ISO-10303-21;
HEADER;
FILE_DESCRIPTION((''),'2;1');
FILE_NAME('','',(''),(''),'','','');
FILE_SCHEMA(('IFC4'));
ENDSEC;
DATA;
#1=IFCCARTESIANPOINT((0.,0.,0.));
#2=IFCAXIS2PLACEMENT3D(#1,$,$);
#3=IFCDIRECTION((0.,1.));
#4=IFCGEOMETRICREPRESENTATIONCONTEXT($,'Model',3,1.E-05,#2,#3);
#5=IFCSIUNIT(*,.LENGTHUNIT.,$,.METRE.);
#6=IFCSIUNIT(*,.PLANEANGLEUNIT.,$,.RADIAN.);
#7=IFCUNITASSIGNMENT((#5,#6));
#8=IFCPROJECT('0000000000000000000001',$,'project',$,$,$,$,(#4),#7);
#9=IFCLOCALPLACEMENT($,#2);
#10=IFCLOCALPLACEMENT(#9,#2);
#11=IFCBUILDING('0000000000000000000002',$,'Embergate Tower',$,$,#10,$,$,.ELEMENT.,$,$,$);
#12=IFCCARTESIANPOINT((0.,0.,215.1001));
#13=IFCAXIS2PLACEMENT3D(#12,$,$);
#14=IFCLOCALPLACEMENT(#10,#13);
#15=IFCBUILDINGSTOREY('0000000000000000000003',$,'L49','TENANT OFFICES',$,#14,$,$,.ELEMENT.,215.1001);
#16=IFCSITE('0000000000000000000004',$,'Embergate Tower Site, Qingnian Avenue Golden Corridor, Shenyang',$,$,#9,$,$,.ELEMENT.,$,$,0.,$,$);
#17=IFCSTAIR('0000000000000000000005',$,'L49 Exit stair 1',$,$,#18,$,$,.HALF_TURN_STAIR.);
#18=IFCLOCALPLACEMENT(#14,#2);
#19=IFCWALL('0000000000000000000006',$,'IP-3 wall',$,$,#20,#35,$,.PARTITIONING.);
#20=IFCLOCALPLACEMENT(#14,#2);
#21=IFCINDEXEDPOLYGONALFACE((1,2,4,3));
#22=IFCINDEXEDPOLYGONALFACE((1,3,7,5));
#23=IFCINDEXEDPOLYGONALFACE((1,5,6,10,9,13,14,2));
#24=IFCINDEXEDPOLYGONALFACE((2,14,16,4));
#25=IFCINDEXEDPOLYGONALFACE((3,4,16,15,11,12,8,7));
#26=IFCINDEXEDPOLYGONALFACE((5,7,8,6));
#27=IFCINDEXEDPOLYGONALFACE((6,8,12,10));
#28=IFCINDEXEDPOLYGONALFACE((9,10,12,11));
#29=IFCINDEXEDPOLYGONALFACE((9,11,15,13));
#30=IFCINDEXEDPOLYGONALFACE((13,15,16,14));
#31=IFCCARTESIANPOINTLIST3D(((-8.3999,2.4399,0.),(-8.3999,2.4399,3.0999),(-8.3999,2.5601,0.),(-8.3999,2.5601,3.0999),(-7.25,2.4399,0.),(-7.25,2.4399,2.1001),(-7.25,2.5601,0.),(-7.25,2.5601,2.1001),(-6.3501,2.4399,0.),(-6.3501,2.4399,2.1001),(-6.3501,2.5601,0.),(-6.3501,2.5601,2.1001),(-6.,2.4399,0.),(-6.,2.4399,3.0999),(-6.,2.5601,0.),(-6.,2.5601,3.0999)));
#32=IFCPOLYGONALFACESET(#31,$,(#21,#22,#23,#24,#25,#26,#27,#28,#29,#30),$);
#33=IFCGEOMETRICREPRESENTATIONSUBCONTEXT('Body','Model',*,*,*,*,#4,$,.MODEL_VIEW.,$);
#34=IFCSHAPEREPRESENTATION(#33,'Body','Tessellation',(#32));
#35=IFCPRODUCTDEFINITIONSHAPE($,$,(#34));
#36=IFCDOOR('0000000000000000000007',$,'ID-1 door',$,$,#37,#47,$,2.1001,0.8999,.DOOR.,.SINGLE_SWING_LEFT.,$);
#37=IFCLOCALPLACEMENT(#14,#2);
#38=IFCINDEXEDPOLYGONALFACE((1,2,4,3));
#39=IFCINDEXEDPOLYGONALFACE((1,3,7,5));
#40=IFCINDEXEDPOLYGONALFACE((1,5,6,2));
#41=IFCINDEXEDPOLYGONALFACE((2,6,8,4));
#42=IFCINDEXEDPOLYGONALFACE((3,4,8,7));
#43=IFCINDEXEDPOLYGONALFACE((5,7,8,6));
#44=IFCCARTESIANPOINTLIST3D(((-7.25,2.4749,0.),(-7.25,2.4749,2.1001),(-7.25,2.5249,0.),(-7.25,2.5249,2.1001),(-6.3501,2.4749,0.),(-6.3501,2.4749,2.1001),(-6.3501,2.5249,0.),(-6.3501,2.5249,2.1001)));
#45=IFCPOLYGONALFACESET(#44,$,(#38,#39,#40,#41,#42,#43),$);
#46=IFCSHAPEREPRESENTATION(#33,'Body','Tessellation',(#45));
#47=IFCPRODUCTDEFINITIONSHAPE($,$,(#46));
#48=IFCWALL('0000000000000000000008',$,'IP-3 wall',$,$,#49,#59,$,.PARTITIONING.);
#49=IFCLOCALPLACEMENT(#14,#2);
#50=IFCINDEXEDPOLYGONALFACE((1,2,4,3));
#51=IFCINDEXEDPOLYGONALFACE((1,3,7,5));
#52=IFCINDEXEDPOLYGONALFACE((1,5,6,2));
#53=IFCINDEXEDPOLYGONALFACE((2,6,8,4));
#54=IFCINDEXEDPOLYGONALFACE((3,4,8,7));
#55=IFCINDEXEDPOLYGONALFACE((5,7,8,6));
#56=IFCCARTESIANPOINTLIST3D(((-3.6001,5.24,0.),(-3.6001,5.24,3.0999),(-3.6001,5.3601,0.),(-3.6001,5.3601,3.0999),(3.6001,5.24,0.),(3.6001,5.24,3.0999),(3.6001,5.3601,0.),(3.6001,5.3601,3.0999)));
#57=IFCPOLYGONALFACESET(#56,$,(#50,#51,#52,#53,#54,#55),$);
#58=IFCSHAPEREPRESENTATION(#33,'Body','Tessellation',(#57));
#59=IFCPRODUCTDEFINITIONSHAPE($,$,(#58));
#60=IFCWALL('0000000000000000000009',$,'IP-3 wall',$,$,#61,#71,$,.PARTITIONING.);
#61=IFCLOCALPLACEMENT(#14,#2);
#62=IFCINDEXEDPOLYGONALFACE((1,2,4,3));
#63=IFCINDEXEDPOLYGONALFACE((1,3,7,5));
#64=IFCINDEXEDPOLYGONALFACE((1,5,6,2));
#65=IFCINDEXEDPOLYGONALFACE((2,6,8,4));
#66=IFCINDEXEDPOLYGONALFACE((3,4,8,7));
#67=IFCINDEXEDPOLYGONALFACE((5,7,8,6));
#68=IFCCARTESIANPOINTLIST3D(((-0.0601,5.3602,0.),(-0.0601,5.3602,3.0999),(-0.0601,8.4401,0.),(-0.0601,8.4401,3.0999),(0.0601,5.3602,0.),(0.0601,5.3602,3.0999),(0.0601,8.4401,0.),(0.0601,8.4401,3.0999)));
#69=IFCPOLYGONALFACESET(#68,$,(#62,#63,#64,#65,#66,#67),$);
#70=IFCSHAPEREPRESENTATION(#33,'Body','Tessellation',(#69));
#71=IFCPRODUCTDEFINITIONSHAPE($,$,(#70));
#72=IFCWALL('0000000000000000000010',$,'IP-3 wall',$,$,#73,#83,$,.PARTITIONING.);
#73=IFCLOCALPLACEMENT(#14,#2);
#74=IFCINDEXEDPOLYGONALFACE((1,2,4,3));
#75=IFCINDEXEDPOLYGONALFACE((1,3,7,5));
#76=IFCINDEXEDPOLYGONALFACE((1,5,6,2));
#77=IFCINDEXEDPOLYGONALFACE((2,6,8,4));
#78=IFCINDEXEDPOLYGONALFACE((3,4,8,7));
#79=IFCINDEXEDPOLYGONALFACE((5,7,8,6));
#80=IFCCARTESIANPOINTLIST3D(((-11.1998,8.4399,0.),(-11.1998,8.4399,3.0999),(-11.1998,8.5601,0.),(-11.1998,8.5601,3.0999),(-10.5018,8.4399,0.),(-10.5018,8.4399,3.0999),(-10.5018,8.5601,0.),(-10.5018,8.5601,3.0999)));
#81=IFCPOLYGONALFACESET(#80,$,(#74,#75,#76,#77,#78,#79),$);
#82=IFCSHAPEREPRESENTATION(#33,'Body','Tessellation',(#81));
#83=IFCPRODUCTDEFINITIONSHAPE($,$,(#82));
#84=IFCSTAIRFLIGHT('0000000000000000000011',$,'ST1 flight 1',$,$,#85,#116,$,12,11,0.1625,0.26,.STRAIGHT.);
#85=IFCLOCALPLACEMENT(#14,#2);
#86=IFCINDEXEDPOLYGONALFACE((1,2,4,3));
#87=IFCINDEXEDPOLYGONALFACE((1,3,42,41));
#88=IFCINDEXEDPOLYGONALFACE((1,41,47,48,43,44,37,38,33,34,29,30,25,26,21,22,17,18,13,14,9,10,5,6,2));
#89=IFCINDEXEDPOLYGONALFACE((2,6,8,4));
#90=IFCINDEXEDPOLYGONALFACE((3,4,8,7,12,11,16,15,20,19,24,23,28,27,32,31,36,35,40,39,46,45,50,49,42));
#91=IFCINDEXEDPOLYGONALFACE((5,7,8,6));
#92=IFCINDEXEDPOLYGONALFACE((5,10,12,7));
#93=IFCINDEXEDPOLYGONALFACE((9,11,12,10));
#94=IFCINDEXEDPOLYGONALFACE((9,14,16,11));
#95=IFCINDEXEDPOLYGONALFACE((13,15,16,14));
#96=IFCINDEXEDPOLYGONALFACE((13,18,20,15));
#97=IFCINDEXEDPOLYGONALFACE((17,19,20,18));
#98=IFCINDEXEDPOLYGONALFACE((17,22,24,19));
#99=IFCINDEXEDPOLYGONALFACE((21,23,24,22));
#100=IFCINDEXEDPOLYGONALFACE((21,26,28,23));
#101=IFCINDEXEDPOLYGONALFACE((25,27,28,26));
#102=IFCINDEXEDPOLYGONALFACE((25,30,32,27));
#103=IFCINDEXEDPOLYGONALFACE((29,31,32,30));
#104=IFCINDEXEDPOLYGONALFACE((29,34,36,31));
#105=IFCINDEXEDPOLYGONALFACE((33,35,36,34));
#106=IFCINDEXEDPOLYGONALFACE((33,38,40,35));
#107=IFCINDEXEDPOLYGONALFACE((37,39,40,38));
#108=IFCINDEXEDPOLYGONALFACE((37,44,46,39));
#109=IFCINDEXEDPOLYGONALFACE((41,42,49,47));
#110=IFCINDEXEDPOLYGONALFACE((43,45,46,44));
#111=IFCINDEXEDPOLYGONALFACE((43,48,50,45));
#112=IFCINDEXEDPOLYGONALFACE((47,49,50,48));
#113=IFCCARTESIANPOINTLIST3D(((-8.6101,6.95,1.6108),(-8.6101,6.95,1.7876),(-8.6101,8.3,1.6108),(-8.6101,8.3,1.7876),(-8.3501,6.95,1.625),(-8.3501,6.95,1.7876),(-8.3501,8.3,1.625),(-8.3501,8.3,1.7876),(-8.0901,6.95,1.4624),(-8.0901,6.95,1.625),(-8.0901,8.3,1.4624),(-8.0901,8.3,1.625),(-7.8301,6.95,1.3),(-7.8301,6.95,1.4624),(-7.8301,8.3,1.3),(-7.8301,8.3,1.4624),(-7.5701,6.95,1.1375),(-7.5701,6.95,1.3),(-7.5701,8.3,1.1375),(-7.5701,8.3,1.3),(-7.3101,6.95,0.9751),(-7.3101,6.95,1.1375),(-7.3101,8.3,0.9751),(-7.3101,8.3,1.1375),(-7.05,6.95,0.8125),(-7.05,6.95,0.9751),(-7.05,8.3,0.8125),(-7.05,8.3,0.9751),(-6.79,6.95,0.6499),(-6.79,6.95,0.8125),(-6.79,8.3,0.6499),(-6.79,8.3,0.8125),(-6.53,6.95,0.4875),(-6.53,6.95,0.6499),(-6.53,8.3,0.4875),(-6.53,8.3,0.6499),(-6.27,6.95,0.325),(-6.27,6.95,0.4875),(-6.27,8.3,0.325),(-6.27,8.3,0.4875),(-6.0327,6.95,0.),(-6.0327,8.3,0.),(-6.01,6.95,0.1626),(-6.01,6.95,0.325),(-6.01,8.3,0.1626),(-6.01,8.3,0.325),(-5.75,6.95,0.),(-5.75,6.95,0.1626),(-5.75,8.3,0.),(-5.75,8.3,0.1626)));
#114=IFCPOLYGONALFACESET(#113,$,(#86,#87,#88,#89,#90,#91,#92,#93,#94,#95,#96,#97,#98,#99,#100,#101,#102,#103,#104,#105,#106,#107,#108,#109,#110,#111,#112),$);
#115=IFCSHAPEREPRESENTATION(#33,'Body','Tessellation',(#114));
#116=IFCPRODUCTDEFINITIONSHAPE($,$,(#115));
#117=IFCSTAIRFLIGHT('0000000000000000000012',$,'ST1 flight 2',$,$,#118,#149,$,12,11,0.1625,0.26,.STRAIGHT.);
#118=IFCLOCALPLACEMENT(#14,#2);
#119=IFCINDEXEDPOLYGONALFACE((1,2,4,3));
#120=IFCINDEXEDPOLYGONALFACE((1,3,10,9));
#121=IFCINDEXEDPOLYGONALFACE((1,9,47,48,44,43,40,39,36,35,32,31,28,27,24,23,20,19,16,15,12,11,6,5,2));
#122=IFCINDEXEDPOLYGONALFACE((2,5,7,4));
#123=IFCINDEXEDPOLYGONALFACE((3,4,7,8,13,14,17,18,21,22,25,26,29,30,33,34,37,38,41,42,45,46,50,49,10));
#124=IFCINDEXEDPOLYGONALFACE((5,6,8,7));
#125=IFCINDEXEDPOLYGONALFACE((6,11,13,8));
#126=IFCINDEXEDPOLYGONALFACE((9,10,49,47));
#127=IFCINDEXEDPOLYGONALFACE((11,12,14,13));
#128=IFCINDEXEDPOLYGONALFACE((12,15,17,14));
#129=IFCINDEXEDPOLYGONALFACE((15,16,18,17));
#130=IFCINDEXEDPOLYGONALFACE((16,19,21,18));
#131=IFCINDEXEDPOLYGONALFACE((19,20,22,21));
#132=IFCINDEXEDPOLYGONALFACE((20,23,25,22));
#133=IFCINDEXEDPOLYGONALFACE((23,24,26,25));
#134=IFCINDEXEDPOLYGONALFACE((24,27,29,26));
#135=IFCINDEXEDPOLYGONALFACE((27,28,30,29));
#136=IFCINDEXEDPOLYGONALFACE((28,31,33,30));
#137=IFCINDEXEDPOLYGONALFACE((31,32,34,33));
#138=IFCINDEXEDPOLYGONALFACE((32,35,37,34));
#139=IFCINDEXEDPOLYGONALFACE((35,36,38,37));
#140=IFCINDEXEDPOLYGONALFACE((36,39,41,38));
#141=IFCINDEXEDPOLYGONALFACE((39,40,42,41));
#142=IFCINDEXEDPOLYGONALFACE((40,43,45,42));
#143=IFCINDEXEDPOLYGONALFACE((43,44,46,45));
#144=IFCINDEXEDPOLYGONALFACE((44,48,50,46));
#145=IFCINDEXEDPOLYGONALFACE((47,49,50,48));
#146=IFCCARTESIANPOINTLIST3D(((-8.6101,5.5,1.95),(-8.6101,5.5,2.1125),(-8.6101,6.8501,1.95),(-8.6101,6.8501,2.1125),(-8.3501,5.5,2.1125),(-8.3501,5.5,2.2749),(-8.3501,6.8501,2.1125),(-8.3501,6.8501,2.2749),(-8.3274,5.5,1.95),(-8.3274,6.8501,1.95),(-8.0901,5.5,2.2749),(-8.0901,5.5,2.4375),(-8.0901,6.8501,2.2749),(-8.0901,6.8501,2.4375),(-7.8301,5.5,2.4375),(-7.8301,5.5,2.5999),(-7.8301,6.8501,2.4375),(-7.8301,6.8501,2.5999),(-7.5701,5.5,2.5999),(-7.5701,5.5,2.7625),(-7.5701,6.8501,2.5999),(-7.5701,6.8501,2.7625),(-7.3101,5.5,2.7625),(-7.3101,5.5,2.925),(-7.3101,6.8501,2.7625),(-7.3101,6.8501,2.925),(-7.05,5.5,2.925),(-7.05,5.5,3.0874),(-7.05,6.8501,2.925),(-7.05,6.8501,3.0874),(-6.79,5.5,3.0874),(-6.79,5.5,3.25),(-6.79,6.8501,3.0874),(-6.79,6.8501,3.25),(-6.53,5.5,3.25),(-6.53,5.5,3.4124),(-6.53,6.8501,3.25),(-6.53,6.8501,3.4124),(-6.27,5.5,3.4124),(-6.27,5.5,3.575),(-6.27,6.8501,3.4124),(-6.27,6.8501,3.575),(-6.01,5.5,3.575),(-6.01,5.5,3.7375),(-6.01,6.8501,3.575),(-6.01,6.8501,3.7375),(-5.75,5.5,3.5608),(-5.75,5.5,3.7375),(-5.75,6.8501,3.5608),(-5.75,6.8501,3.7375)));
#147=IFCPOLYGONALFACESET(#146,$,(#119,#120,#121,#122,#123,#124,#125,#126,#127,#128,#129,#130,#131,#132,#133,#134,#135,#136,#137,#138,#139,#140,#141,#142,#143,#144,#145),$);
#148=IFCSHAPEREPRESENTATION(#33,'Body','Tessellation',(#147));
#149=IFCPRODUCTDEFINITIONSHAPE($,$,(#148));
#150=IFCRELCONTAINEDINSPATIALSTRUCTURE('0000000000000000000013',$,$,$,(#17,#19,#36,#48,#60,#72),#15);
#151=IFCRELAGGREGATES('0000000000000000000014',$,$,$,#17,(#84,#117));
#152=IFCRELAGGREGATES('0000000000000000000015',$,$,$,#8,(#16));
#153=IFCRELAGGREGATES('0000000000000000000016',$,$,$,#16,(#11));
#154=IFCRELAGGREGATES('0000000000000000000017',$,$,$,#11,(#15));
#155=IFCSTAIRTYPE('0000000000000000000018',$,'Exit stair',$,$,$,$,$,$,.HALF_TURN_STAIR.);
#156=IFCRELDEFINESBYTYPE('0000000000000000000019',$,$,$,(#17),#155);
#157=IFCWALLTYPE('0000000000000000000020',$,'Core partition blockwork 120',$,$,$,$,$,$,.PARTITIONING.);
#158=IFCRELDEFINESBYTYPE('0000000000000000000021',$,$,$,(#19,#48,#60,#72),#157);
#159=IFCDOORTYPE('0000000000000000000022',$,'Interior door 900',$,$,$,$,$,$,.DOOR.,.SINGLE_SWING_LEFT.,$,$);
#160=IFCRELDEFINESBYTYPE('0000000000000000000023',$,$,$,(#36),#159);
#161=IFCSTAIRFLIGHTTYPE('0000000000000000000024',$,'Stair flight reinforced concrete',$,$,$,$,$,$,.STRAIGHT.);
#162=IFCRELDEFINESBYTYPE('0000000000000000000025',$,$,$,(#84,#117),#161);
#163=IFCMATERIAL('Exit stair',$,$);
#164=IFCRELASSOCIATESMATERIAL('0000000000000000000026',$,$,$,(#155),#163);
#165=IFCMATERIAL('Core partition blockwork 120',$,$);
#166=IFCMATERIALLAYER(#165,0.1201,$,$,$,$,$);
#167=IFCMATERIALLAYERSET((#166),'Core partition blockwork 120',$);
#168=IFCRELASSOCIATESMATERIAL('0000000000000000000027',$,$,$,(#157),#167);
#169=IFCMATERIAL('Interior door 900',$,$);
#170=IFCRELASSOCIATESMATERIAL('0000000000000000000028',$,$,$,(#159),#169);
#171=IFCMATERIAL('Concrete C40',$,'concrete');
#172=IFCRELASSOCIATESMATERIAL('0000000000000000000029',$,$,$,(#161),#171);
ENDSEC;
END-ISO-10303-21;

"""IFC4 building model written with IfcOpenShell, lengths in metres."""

from ifc_helpers import new_model, si_unit, direction, frame, frame_2d, origin, place, context, subcontext, project, spatial, polyline, rectangle, outline, extrude, source, transform, mapped, material, layer, layer_set, type_object, element, fill, aggregate, save


model = new_model("IFC4")

# Units and contexts
model_context = context("Model", 3, precision=1e-05, world=origin(), true_north=direction((0.0, 1.0)))
body_context = subcontext(model_context, "Body", "Model", "MODEL_VIEW")
ifc_project = project(units=[si_unit("LENGTHUNIT", "METRE"), si_unit("PLANEANGLEUNIT", "RADIAN")], contexts=[model_context])

# Site, building, storey
site_placement = place(None, origin())
site = spatial("IfcSite", under=ifc_project, at=site_placement, Name="Embergate Tower Site, Qingnian Avenue Golden Corridor, Shenyang", CompositionType="ELEMENT", RefElevation=0.0)
building_placement = place(site_placement, origin())
building = spatial("IfcBuilding", under=site, at=building_placement, Name="Embergate Tower", CompositionType="ELEMENT")
storey_placement = place(building_placement, frame((0.0, 0.0, 215.1001)))
storey = spatial("IfcBuildingStorey", under=building, at=storey_placement, Name="L49", Description="TENANT OFFICES", CompositionType="ELEMENT", Elevation=215.1001)

# Stair
ifc_material_1 = material(Name="Exit stair")
stair_type = type_object("IfcStairType", Name="Exit stair", PredefinedType="HALF_TURN_STAIR", material=ifc_material_1)
stair_placement = place(storey_placement, origin())
stair = element("IfcStair", 1, at=stair_placement, inside=storey, type_object=stair_type, Name="L49 Exit stair 1", PredefinedType="HALF_TURN_STAIR")
ifc_material_2 = material(Name="Concrete C40", Category="concrete")

# Shared definitions
ifc_material_3 = material(Name="Core partition blockwork 120")
ifc_layer_1 = layer(ifc_material_3, 0.1201)
ifc_layer_set_1 = layer_set([ifc_layer_1], Name="Core partition blockwork 120")
wall_type_1 = type_object("IfcWallType", Name="Core partition blockwork 120", PredefinedType="PARTITIONING", material=ifc_layer_set_1)

# Wall, opening, door
shared_shape_1 = source(origin(), body_context, "Body", "SweptSolid", [
    extrude(rectangle(XDim=2.3999, YDim=0.1201, at=frame_2d((1.2, 0.0))), origin(), (0.0, 0.0, 1.0), 3.0999),
])
wall_1_placement = place(storey_placement, frame((-8.3999, 2.5, 0.0), z_axis=(0.0, 0.0, 1.0), x_axis=(1.0, 0.0, 0.0)))
wall_1 = element("IfcWall", 2, at=wall_1_placement, inside=storey, type_object=wall_type_1, Name="IP-3 wall", PredefinedType="PARTITIONING", context=body_context, shape_type="MappedRepresentation", body=[
    mapped(shared_shape_1, transform((0.0, 0.0, 0.0))),
])
shared_shape_2 = source(origin(), body_context, "Body", "SweptSolid", [
    extrude(rectangle(XDim=0.8999, YDim=2.1001, at=frame_2d((0.45, 1.05))), frame((0.0, 0.0701, 0.0), z_axis=(0.0, -1.0, 0.0), x_axis=(1.0, 0.0, 0.0)), (0.0, 0.0, 1.0), 0.1401),
])
opening_1_placement = place(wall_1_placement, frame((1.1499, 0.0, 0.0)))
opening_1 = element("IfcOpeningElement", 3, at=opening_1_placement, cuts=wall_1, PredefinedType="OPENING", context=body_context, shape_type="MappedRepresentation", body=[
    mapped(shared_shape_2, transform((0.0, 0.0, 0.0))),
])
ifc_material_4 = material(Name="Interior door 900")
door_type_1 = type_object("IfcDoorType", Name="Interior door 900", OperationType="SINGLE_SWING_LEFT", PredefinedType="DOOR", material=ifc_material_4)
shared_shape_3 = source(origin(), body_context, "Body", "SweptSolid", [
    extrude(rectangle(XDim=0.8999, YDim=2.1001, at=frame_2d((0.45, 1.05))), frame((0.0, 0.0249, 0.0), z_axis=(0.0, -1.0, 0.0), x_axis=(1.0, 0.0, 0.0)), (0.0, 0.0, 1.0), 0.05),
])
door_1_placement = place(opening_1_placement, origin())
door_1 = element("IfcDoor", 4, at=door_1_placement, inside=storey, type_object=door_type_1, Name="ID-1 door", OperationType="SINGLE_SWING_LEFT", OverallHeight=2.1001, OverallWidth=0.8999, PredefinedType="DOOR", context=body_context, shape_type="MappedRepresentation", body=[
    mapped(shared_shape_3, transform((0.0, 0.0, 0.0))),
])
fill(opening_1, door_1)

# Walls
shared_shape_4 = source(origin(), body_context, "Body", "SweptSolid", [
    extrude(rectangle(XDim=7.2002, YDim=0.1201, at=frame_2d((3.6001, 0.0))), origin(), (0.0, 0.0, 1.0), 3.0999),
])
wall_2_placement = place(storey_placement, frame((-3.6001, 5.3, 0.0), z_axis=(0.0, 0.0, 1.0), x_axis=(1.0, 0.0, 0.0)))
element("IfcWall", 5, at=wall_2_placement, inside=storey, type_object=wall_type_1, Name="IP-3 wall", PredefinedType="PARTITIONING", context=body_context, shape_type="MappedRepresentation", body=[
    mapped(shared_shape_4, transform((0.0, 0.0, 0.0))),
])
shared_shape_5 = source(origin(), body_context, "Body", "SweptSolid", [
    extrude(rectangle(XDim=3.0798, YDim=0.1201, at=frame_2d((1.54, 0.0))), origin(), (0.0, 0.0, 1.0), 3.0999),
])
wall_3_placement = place(storey_placement, frame((0.0, 5.3601, 0.0), z_axis=(0.0, 0.0, 1.0), x_axis=(0.0, 1.0, 0.0)))
element("IfcWall", 6, at=wall_3_placement, inside=storey, type_object=wall_type_1, Name="IP-3 wall", PredefinedType="PARTITIONING", context=body_context, shape_type="MappedRepresentation", body=[
    mapped(shared_shape_5, transform((0.0, 0.0, 0.0))),
])
shared_shape_6 = source(origin(), body_context, "Body", "SweptSolid", [
    extrude(rectangle(XDim=0.698, YDim=0.1201, at=frame_2d((0.3491, 0.0))), origin(), (0.0, 0.0, 1.0), 3.0999),
])
wall_4_placement = place(storey_placement, frame((-11.2, 8.5, 0.0), z_axis=(0.0, 0.0, 1.0), x_axis=(1.0, 0.0, 0.0)))
element("IfcWall", 7, at=wall_4_placement, inside=storey, type_object=wall_type_1, Name="IP-3 wall", PredefinedType="PARTITIONING", context=body_context, shape_type="MappedRepresentation", body=[
    mapped(shared_shape_6, transform((0.0, 0.0, 0.0))),
])

# Stair flights
stair_flight_type = type_object("IfcStairFlightType", Name="Stair flight reinforced concrete", PredefinedType="STRAIGHT", material=ifc_material_2)
shared_shape_7 = source(origin(), body_context, "Body", "SweptSolid", [
    extrude(outline(polyline([(0.0, 0.0), (0.0, 0.1626), (0.26, 0.1626), (0.26, 0.325), (0.52, 0.325), (0.52, 0.4875), (0.78, 0.4875), (0.78, 0.6499), (1.04, 0.6499), (1.04, 0.8125), (1.3, 0.8125), (1.3, 0.9751), (1.5601, 0.9751), (1.5601, 1.1375), (1.8201, 1.1375), (1.8201, 1.3), (2.0801, 1.3), (2.0801, 1.4624), (2.3401, 1.4624), (2.3401, 1.625), (2.6001, 1.625), (2.6001, 1.7876), (2.8601, 1.7876), (2.8601, 1.95), (2.8601, 1.6108), (0.2827, 0.0), (0.0, 0.0)])), frame((0.0, 0.675, 0.0), z_axis=(0.0, -1.0, 0.0), x_axis=(1.0, 0.0, 0.0)), (0.0, 0.0, 1.0), 1.3501),
])
stair_flight_1_placement = place(storey_placement, frame((-5.75, 7.625, 0.0), z_axis=(0.0, 0.0, 1.0), x_axis=(-1.0, 0.0, 0.0)))
stair_flight_1 = element("IfcStairFlight", 8, at=stair_flight_1_placement, type_object=stair_flight_type, Name="ST1 flight 1", NumberOfRisers=12, NumberOfTreads=11, PredefinedType="STRAIGHT", RiserHeight=0.1625, TreadLength=0.26, context=body_context, shape_type="MappedRepresentation", body=[
    mapped(shared_shape_7, transform((0.0, 0.0, 0.0))),
])
stair_flight_2_placement = place(storey_placement, frame((-8.6101, 6.175, 1.95), z_axis=(0.0, 0.0, 1.0), x_axis=(1.0, 0.0, 0.0)))
stair_flight_2 = element("IfcStairFlight", 9, at=stair_flight_2_placement, type_object=stair_flight_type, Name="ST1 flight 2", NumberOfRisers=12, NumberOfTreads=11, PredefinedType="STRAIGHT", RiserHeight=0.1625, TreadLength=0.26, context=body_context, shape_type="MappedRepresentation", body=[
    mapped(shared_shape_7, transform((0.0, 0.0, 0.0))),
])
aggregate(stair, [stair_flight_1, stair_flight_2])

save(model, "model.ifc")
